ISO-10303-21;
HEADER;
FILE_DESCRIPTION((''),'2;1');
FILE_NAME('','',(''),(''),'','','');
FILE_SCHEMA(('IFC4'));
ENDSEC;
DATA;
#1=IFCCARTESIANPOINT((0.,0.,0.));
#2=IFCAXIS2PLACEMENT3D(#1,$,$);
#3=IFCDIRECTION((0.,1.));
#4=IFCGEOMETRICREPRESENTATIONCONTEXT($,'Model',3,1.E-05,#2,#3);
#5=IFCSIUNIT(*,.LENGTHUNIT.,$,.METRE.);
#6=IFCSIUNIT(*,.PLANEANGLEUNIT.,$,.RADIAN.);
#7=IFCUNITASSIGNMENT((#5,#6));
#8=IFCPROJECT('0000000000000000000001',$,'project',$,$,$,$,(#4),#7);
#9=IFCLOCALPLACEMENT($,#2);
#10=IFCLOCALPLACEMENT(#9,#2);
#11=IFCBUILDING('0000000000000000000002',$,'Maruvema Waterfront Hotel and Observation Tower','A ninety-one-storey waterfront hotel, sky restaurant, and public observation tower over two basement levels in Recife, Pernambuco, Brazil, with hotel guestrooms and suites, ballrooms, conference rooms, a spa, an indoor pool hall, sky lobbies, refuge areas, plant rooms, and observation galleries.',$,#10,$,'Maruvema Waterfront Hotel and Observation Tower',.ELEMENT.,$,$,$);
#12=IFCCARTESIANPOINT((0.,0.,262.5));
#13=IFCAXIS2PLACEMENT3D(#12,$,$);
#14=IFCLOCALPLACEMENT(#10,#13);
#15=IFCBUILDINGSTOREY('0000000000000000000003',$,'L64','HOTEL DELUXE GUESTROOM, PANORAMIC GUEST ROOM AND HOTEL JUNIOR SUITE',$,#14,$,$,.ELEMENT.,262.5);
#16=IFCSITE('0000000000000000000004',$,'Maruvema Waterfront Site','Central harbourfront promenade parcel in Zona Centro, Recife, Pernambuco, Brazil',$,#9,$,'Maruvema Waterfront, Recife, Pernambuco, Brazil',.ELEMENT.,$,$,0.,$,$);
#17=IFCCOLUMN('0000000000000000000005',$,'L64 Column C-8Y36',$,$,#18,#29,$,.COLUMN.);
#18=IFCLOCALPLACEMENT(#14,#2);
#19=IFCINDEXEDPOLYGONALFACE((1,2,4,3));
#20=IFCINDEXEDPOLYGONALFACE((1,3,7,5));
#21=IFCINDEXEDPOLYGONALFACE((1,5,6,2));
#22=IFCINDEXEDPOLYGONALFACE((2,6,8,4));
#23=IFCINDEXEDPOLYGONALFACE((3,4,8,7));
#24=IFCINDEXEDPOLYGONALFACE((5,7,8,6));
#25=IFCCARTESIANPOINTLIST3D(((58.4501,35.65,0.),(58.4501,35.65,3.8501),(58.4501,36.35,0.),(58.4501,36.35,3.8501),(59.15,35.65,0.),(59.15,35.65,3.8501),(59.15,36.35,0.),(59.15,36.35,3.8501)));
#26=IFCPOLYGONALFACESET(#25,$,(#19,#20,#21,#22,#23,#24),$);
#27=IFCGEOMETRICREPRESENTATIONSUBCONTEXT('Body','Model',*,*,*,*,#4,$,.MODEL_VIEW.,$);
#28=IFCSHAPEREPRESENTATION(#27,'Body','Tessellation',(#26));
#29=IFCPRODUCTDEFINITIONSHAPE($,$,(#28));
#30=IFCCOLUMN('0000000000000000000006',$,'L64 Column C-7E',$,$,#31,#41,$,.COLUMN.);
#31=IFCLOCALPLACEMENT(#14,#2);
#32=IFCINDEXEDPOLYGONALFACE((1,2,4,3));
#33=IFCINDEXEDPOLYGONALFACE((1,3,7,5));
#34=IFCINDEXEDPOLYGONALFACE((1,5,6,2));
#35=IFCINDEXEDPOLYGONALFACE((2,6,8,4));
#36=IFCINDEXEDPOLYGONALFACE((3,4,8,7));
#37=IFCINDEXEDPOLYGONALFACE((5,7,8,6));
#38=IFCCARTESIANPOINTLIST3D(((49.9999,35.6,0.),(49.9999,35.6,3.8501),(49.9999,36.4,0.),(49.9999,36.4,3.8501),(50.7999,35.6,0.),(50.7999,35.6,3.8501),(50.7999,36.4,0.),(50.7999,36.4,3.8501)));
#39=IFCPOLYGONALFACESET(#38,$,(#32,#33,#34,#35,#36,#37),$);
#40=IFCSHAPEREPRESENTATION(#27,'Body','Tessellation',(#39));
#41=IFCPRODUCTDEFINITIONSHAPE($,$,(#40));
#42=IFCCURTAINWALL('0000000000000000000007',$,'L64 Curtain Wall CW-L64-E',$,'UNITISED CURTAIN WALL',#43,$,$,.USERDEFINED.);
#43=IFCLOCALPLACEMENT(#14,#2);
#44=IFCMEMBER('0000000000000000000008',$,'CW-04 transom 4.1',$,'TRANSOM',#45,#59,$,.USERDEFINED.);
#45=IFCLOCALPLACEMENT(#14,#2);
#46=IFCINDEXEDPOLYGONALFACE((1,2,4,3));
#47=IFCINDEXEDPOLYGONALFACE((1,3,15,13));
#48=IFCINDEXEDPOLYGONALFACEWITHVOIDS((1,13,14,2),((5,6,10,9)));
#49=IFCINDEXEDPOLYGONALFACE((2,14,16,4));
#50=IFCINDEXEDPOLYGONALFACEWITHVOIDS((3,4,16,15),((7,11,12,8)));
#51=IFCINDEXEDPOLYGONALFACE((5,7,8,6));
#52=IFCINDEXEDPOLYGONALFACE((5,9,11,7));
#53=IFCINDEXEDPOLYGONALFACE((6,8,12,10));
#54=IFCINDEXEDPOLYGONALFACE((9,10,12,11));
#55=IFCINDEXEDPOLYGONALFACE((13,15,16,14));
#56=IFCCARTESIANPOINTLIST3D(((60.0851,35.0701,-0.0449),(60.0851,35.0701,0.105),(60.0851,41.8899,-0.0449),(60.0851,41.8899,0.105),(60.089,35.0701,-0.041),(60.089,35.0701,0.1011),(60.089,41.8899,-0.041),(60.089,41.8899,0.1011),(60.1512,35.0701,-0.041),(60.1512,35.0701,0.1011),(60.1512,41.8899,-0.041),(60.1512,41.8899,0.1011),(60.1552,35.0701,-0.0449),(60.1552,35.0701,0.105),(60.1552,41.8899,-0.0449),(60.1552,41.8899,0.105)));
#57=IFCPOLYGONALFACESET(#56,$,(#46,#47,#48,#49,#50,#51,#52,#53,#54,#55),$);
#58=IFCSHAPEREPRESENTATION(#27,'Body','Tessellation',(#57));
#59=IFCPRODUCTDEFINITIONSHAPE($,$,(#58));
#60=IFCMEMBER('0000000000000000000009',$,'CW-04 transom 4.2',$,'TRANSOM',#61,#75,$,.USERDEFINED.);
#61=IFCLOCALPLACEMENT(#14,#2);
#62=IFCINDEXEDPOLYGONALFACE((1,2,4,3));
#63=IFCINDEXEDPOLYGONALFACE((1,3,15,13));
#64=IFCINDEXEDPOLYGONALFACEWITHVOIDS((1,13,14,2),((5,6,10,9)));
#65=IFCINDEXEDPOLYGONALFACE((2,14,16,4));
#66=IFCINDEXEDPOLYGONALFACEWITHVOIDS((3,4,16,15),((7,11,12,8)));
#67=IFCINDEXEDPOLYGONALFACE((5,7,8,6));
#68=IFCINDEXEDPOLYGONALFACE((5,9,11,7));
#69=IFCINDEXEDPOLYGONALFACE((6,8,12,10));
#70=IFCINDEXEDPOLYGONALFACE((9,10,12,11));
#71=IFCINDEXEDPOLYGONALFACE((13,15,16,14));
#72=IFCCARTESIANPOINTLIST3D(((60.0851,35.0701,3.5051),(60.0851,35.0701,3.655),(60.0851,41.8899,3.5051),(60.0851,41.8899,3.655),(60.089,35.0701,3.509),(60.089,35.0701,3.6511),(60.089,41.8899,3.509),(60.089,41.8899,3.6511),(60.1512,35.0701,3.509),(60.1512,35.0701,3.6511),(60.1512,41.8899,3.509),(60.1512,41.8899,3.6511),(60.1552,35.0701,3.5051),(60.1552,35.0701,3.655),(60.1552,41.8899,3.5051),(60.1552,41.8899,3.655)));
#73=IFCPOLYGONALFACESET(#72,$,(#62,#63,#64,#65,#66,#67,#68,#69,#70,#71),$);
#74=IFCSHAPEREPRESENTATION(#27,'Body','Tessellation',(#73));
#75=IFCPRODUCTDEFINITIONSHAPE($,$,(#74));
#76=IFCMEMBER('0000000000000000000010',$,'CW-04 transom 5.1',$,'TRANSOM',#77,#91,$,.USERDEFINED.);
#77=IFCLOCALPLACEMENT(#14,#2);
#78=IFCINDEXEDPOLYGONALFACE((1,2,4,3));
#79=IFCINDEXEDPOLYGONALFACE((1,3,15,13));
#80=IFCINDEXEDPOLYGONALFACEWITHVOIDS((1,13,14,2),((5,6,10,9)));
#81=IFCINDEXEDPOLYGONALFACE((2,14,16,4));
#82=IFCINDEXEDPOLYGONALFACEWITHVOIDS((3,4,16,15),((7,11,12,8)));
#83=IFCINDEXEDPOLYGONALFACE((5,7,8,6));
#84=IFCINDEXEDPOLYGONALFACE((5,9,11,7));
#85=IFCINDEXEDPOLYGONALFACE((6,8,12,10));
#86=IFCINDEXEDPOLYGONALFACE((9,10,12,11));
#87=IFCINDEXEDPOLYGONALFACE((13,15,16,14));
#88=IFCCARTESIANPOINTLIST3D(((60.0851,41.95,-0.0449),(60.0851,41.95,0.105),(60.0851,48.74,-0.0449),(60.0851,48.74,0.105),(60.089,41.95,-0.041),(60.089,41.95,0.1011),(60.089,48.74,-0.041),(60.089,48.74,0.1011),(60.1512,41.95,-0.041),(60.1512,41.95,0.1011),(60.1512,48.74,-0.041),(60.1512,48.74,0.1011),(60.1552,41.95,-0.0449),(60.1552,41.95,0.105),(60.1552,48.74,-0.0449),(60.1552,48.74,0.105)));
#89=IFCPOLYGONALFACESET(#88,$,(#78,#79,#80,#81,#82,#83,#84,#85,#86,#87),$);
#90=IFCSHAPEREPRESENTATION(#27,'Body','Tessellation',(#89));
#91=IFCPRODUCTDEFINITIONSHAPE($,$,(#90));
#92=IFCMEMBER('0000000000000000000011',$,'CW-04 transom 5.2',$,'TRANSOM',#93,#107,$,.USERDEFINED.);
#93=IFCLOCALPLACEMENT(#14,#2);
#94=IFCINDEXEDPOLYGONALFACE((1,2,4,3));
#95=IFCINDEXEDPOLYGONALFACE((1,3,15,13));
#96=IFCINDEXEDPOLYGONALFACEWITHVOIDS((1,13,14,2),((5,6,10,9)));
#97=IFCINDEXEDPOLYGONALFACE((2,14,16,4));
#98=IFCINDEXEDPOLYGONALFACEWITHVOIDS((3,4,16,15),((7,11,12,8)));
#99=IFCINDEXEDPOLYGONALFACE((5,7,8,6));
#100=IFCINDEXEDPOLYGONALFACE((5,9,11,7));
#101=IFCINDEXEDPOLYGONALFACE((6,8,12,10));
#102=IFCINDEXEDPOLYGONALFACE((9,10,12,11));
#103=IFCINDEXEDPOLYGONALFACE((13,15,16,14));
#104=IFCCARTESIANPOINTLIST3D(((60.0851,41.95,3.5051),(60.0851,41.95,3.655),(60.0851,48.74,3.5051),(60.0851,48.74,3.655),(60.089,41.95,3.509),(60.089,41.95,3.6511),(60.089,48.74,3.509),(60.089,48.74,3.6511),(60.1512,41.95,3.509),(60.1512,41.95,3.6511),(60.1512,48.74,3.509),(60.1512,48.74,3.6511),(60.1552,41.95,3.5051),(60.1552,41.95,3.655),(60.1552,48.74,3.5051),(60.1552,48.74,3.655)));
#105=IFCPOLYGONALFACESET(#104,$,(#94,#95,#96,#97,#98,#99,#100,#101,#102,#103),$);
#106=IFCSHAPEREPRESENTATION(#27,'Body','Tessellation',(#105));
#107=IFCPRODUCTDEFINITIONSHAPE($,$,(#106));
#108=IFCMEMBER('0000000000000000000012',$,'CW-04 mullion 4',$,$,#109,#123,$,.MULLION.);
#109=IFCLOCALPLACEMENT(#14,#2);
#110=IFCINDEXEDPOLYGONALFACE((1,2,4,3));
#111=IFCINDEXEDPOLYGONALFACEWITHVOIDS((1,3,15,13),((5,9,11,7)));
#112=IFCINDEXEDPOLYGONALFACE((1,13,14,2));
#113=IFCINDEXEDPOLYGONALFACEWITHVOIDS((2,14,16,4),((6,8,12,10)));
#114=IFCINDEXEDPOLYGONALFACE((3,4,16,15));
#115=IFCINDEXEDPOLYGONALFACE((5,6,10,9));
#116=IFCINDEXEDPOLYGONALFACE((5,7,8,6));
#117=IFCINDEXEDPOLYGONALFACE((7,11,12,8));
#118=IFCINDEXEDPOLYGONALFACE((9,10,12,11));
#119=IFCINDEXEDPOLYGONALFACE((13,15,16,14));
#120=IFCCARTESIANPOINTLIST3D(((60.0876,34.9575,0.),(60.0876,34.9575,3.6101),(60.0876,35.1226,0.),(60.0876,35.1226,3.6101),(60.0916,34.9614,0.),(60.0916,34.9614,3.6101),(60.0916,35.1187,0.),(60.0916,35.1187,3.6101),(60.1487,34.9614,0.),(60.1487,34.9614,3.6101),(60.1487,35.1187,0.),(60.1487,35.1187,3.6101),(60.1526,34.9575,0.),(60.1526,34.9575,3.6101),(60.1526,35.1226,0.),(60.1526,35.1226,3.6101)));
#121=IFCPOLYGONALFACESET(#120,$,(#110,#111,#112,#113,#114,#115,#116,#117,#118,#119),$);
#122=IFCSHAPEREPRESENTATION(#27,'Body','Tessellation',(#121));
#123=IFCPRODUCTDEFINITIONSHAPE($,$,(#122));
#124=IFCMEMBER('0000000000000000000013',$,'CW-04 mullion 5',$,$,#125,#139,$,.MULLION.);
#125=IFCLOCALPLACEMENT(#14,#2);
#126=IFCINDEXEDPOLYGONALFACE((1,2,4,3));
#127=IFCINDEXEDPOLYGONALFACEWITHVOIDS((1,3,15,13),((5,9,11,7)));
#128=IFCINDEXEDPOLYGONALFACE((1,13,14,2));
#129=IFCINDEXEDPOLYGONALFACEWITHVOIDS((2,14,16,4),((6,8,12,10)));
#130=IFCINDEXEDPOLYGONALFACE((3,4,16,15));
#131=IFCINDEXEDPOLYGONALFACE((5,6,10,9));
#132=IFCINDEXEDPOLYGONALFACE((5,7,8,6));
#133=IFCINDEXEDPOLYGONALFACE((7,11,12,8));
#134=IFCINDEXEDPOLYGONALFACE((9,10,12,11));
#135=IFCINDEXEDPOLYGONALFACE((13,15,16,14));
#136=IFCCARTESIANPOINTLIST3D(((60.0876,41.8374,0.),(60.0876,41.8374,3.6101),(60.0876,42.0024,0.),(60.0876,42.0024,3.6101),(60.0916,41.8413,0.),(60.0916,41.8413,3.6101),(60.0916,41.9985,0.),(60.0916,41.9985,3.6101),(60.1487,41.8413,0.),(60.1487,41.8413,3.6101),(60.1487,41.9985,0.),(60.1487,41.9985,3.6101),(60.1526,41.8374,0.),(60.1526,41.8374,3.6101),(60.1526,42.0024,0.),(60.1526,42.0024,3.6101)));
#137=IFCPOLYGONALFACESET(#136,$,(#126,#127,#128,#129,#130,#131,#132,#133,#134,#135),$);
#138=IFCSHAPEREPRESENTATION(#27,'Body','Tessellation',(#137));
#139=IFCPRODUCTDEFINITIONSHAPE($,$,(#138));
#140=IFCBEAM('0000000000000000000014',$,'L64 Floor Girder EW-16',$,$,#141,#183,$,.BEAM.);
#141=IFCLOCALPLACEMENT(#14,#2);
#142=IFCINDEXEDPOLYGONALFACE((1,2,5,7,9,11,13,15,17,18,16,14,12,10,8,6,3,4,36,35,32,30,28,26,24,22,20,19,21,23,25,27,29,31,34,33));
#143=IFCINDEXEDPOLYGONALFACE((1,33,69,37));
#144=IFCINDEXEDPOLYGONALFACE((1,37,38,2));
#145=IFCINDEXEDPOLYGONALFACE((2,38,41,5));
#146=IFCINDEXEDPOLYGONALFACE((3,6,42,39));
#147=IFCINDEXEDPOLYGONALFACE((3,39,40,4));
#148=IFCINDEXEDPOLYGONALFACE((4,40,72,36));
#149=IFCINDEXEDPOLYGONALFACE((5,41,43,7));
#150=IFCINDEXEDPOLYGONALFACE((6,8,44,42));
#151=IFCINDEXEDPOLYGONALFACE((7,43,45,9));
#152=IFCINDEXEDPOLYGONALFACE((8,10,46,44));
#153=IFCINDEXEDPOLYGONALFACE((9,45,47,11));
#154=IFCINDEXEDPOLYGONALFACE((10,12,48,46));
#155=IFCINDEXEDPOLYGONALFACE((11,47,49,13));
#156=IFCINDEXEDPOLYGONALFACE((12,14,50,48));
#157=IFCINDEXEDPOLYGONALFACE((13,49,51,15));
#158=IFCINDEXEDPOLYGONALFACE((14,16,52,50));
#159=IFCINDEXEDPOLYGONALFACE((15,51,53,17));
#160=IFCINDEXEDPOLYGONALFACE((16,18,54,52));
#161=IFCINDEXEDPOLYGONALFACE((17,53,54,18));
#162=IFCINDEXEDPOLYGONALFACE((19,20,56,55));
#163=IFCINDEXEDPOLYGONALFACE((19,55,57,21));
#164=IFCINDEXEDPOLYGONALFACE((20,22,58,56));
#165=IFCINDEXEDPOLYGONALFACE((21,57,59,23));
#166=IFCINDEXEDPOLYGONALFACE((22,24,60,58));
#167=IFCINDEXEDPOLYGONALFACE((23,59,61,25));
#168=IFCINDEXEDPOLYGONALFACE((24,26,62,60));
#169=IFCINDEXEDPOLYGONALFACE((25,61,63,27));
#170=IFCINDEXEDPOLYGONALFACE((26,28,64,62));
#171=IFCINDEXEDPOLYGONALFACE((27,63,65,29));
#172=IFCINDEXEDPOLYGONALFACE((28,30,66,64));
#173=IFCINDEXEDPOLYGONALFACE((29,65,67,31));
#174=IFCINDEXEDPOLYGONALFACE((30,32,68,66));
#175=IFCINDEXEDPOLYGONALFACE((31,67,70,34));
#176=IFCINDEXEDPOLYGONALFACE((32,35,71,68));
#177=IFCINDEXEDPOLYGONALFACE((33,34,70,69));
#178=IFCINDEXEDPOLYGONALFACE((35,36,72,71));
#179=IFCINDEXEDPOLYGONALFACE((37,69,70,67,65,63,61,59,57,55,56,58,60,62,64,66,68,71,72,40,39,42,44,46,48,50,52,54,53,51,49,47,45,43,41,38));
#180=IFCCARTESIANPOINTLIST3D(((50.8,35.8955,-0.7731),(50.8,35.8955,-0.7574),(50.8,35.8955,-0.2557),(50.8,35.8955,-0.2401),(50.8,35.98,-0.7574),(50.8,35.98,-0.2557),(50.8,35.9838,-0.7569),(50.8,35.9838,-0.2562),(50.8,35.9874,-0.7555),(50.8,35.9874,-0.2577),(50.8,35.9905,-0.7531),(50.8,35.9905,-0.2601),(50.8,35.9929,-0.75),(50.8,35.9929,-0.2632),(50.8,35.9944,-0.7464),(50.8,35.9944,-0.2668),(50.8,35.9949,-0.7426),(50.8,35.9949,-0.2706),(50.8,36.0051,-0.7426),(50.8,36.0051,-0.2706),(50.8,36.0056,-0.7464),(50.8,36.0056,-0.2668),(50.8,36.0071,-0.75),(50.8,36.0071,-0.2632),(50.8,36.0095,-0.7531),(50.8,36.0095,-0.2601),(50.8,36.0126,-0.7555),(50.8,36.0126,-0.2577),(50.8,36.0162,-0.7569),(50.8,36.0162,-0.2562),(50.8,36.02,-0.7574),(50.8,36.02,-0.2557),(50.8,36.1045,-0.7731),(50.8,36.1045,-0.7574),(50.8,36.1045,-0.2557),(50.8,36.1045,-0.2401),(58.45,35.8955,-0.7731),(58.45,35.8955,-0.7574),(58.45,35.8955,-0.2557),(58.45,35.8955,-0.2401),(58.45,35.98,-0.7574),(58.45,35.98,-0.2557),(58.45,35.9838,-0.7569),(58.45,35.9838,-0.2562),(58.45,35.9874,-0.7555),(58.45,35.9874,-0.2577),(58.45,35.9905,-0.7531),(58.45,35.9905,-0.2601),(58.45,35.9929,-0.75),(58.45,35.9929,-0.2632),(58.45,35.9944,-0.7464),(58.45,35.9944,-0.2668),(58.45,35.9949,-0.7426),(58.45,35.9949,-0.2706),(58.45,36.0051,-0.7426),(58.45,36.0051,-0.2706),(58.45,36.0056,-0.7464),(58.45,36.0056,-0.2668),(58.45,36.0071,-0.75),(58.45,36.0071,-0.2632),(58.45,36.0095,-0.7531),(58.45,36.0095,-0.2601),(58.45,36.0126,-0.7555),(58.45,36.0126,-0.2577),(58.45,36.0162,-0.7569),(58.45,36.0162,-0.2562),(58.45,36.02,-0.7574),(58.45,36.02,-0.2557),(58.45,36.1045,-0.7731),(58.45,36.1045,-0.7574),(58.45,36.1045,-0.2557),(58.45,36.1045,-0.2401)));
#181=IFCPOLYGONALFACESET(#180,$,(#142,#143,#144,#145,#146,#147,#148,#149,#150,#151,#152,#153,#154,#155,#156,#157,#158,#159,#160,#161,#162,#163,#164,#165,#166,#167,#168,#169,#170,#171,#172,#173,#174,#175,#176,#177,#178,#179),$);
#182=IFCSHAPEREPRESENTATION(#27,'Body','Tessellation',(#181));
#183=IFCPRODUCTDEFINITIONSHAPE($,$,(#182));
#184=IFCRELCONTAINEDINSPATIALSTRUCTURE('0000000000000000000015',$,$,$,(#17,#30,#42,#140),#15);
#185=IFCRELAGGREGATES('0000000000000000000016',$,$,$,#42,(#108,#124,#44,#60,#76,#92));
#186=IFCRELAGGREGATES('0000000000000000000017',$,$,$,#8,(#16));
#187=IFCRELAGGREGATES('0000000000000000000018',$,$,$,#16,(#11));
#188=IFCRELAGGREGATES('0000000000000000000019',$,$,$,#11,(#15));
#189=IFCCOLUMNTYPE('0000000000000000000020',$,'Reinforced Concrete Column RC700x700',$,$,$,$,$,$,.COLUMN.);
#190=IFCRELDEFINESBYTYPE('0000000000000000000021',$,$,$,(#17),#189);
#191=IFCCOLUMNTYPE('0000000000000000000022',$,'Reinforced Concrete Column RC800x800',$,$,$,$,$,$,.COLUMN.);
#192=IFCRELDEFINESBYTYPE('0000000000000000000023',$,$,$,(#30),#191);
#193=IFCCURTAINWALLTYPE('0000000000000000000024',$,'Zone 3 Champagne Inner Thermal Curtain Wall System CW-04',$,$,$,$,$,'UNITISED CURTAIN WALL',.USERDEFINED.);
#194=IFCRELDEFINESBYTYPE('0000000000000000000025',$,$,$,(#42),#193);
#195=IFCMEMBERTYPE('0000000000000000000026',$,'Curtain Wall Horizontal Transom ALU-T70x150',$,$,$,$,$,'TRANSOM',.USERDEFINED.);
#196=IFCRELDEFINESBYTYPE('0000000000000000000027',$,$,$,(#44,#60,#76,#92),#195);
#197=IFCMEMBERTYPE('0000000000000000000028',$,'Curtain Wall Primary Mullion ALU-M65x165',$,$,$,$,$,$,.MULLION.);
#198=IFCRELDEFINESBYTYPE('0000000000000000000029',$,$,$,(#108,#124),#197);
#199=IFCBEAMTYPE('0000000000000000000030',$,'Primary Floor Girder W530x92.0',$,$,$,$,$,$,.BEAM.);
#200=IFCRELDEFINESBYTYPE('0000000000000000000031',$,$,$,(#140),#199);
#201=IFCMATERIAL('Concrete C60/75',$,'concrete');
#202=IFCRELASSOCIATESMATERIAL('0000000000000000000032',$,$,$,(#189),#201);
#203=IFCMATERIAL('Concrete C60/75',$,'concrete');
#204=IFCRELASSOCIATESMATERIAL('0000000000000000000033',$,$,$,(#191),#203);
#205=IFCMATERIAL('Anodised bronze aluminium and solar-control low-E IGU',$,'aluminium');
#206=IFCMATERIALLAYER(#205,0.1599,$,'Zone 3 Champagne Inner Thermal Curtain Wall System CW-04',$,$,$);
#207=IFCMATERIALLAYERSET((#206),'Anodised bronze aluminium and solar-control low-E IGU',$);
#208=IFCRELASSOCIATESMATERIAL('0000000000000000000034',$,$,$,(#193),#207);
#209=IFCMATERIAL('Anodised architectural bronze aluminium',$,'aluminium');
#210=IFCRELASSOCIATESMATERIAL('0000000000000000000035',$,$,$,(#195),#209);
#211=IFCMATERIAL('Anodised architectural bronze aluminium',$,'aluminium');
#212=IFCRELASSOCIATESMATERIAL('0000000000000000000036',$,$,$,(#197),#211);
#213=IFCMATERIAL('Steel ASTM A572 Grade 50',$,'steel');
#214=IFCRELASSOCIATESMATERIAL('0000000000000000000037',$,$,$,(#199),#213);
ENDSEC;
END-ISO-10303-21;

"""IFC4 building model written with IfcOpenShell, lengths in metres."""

from ifc_helpers import new_model, si_unit, direction, frame, origin, origin_2d, place, context, subcontext, project, spatial, rectangle, hollow_rectangle, i_section, extrude, material, layer, layer_set, material_profile, profile_set, type_object, element, aggregate, save


model = new_model("IFC4")

# Units and contexts
model_context = context("Model", 3, precision=1e-05, world=origin(), true_north=direction((0.0, 1.0)))
body_context = subcontext(model_context, "Body", "Model", "MODEL_VIEW")
ifc_project = project(units=[si_unit("LENGTHUNIT", "METRE"), si_unit("PLANEANGLEUNIT", "RADIAN")], contexts=[model_context])

# Site, building, storey
site_placement = place(None, origin())
site = spatial("IfcSite", under=ifc_project, at=site_placement, Name="Maruvema Waterfront Site", Description="Central harbourfront promenade parcel in Zona Centro, Recife, Pernambuco, Brazil", LongName="Maruvema Waterfront, Recife, Pernambuco, Brazil", CompositionType="ELEMENT", RefElevation=0.0)
building_placement = place(site_placement, origin())
building = spatial("IfcBuilding", under=site, at=building_placement, Name="Maruvema Waterfront Hotel and Observation Tower", Description="A ninety-one-storey waterfront hotel, sky restaurant, and public observation tower over two basement levels in Recife, Pernambuco, Brazil, with hotel guestrooms and suites, ballrooms, conference rooms, a spa, an indoor pool hall, sky lobbies, refuge areas, plant rooms, and observation galleries.", LongName="Maruvema Waterfront Hotel and Observation Tower", CompositionType="ELEMENT")
storey_placement = place(building_placement, frame((0.0, 0.0, 262.5)))
storey = spatial("IfcBuildingStorey", under=building, at=storey_placement, Name="L64", Description="HOTEL DELUXE GUESTROOM, PANORAMIC GUEST ROOM AND HOTEL JUNIOR SUITE", CompositionType="ELEMENT", Elevation=262.5)

# Columns
ifc_material_1 = material(Name="Concrete C60/75", Category="concrete")
ifc_material_profile_1 = material_profile(ifc_material_1, rectangle(XDim=0.7, YDim=0.7, at=origin_2d()), Name="RC700x700")
ifc_profile_set_1 = profile_set([ifc_material_profile_1], Name="Concrete C60/75")
column_type_1 = type_object("IfcColumnType", Name="Reinforced Concrete Column RC700x700", PredefinedType="COLUMN", material=ifc_profile_set_1)
column_1_placement = place(storey_placement, frame((58.8, 36.0, 0.0), z_axis=(0.0, 0.0, 1.0), x_axis=(1.0, 0.0, 0.0)))
element("IfcColumn", 1, at=column_1_placement, inside=storey, type_object=column_type_1, Name="L64 Column C-8Y36", PredefinedType="COLUMN", context=body_context, shape_type="SweptSolid", body=[
    extrude(rectangle(XDim=0.7, YDim=0.7, at=origin_2d()), origin(), (0.0, 0.0, 1.0), 3.8501),
])
ifc_material_2 = material(Name="Concrete C60/75", Category="concrete")
ifc_material_profile_2 = material_profile(ifc_material_2, rectangle(XDim=0.8, YDim=0.8, at=origin_2d()), Name="RC800x800")
ifc_profile_set_2 = profile_set([ifc_material_profile_2], Name="Concrete C60/75")
column_type_2 = type_object("IfcColumnType", Name="Reinforced Concrete Column RC800x800", PredefinedType="COLUMN", material=ifc_profile_set_2)
column_2_placement = place(storey_placement, frame((50.3999, 36.0, 0.0), z_axis=(0.0, 0.0, 1.0), x_axis=(1.0, 0.0, 0.0)))
element("IfcColumn", 2, at=column_2_placement, inside=storey, type_object=column_type_2, Name="L64 Column C-7E", PredefinedType="COLUMN", context=body_context, shape_type="SweptSolid", body=[
    extrude(rectangle(XDim=0.8, YDim=0.8, at=origin_2d()), origin(), (0.0, 0.0, 1.0), 3.8501),
])

# Curtain wall, members
ifc_material_3 = material(Name="Anodised bronze aluminium and solar-control low-E IGU", Category="aluminium")
ifc_layer_1 = layer(ifc_material_3, 0.1599, Name="Zone 3 Champagne Inner Thermal Curtain Wall System CW-04")
ifc_layer_set_1 = layer_set([ifc_layer_1], Name="Anodised bronze aluminium and solar-control low-E IGU")
curtain_wall_type = type_object("IfcCurtainWallType", Name="Zone 3 Champagne Inner Thermal Curtain Wall System CW-04", ElementType="UNITISED CURTAIN WALL", PredefinedType="USERDEFINED", material=ifc_layer_set_1)
curtain_wall_placement = place(storey_placement, origin())
curtain_wall = element("IfcCurtainWall", 3, at=curtain_wall_placement, inside=storey, type_object=curtain_wall_type, Name="L64 Curtain Wall CW-L64-E", ObjectType="UNITISED CURTAIN WALL", PredefinedType="USERDEFINED")
ifc_material_4 = material(Name="Anodised architectural bronze aluminium", Category="aluminium")
ifc_material_profile_3 = material_profile(ifc_material_4, hollow_rectangle(XDim=0.0701, YDim=0.1499, WallThickness=0.0039, at=origin_2d()), Name="ALU-T70x150")
ifc_profile_set_3 = profile_set([ifc_material_profile_3], Name="Anodised architectural bronze aluminium")
member_type_1 = type_object("IfcMemberType", Name="Curtain Wall Horizontal Transom ALU-T70x150", ElementType="TRANSOM", PredefinedType="USERDEFINED", material=ifc_profile_set_3)
member_1_placement = place(storey_placement, frame((60.1201, 35.0701, 0.03), z_axis=(0.0, 1.0, 0.0), x_axis=(-1.0, 0.0, 0.0)))
member_1 = element("IfcMember", 4, at=member_1_placement, type_object=member_type_1, Name="CW-04 transom 4.1", ObjectType="TRANSOM", PredefinedType="USERDEFINED", context=body_context, shape_type="SweptSolid", body=[
    extrude(hollow_rectangle(XDim=0.0701, YDim=0.1499, WallThickness=0.0039, at=origin_2d()), origin(), (0.0, 0.0, 1.0), 6.8198),
])
member_2_placement = place(storey_placement, frame((60.1201, 35.0701, 3.5801), z_axis=(0.0, 1.0, 0.0), x_axis=(-1.0, 0.0, 0.0)))
member_2 = element("IfcMember", 5, at=member_2_placement, type_object=member_type_1, Name="CW-04 transom 4.2", ObjectType="TRANSOM", PredefinedType="USERDEFINED", context=body_context, shape_type="SweptSolid", body=[
    extrude(hollow_rectangle(XDim=0.0701, YDim=0.1499, WallThickness=0.0039, at=origin_2d()), origin(), (0.0, 0.0, 1.0), 6.8198),
])
member_3_placement = place(storey_placement, frame((60.1201, 41.95, 0.03), z_axis=(0.0, 1.0, 0.0), x_axis=(-1.0, 0.0, 0.0)))
member_3 = element("IfcMember", 6, at=member_3_placement, type_object=member_type_1, Name="CW-04 transom 5.1", ObjectType="TRANSOM", PredefinedType="USERDEFINED", context=body_context, shape_type="SweptSolid", body=[
    extrude(hollow_rectangle(XDim=0.0701, YDim=0.1499, WallThickness=0.0039, at=origin_2d()), origin(), (0.0, 0.0, 1.0), 6.79),
])
member_4_placement = place(storey_placement, frame((60.1201, 41.95, 3.5801), z_axis=(0.0, 1.0, 0.0), x_axis=(-1.0, 0.0, 0.0)))
member_4 = element("IfcMember", 7, at=member_4_placement, type_object=member_type_1, Name="CW-04 transom 5.2", ObjectType="TRANSOM", PredefinedType="USERDEFINED", context=body_context, shape_type="SweptSolid", body=[
    extrude(hollow_rectangle(XDim=0.0701, YDim=0.1499, WallThickness=0.0039, at=origin_2d()), origin(), (0.0, 0.0, 1.0), 6.79),
])
ifc_material_5 = material(Name="Anodised architectural bronze aluminium", Category="aluminium")
ifc_material_profile_4 = material_profile(ifc_material_5, hollow_rectangle(XDim=0.0649, YDim=0.165, WallThickness=0.0039, at=origin_2d()), Name="ALU-M65x165")
ifc_profile_set_4 = profile_set([ifc_material_profile_4], Name="Anodised architectural bronze aluminium")
member_type_2 = type_object("IfcMemberType", Name="Curtain Wall Primary Mullion ALU-M65x165", PredefinedType="MULLION", material=ifc_profile_set_4)
member_5_placement = place(storey_placement, frame((60.1201, 35.04, 0.0), z_axis=(0.0, 0.0, 1.0), x_axis=(-1.0, 0.0, 0.0)))
member_5 = element("IfcMember", 8, at=member_5_placement, type_object=member_type_2, Name="CW-04 mullion 4", PredefinedType="MULLION", context=body_context, shape_type="SweptSolid", body=[
    extrude(hollow_rectangle(XDim=0.0649, YDim=0.165, WallThickness=0.0039, at=origin_2d()), origin(), (0.0, 0.0, 1.0), 3.6101),
])
member_6_placement = place(storey_placement, frame((60.1201, 41.9199, 0.0), z_axis=(0.0, 0.0, 1.0), x_axis=(-1.0, 0.0, 0.0)))
member_6 = element("IfcMember", 9, at=member_6_placement, type_object=member_type_2, Name="CW-04 mullion 5", PredefinedType="MULLION", context=body_context, shape_type="SweptSolid", body=[
    extrude(hollow_rectangle(XDim=0.0649, YDim=0.165, WallThickness=0.0039, at=origin_2d()), origin(), (0.0, 0.0, 1.0), 3.6101),
])

# Beam
ifc_material_6 = material(Name="Steel ASTM A572 Grade 50", Category="steel")
ifc_material_profile_5 = material_profile(ifc_material_6, i_section(OverallWidth=0.209, OverallDepth=0.533, WebThickness=0.0103, FlangeThickness=0.0156, FilletRadius=0.0149, at=origin_2d()), Name="W530x92.0")
ifc_profile_set_5 = profile_set([ifc_material_profile_5], Name="Steel ASTM A572 Grade 50")
beam_type_1 = type_object("IfcBeamType", Name="Primary Floor Girder W530x92.0", PredefinedType="BEAM", material=ifc_profile_set_5)
beam_1_placement = place(storey_placement, frame((50.8, 36.0, -0.5066), z_axis=(1.0, 0.0, 0.0), x_axis=(0.0, 1.0, 0.0)))
element("IfcBeam", 10, at=beam_1_placement, inside=storey, type_object=beam_type_1, Name="L64 Floor Girder EW-16", PredefinedType="BEAM", context=body_context, shape_type="SweptSolid", body=[
    extrude(i_section(OverallWidth=0.209, OverallDepth=0.533, WebThickness=0.0103, FlangeThickness=0.0156, FilletRadius=0.0149, at=origin_2d()), origin(), (0.0, 0.0, 1.0), 7.6499),
])

aggregate(curtain_wall, [member_5, member_6, member_1, member_2, member_3, member_4])

save(model, "model.ifc")
